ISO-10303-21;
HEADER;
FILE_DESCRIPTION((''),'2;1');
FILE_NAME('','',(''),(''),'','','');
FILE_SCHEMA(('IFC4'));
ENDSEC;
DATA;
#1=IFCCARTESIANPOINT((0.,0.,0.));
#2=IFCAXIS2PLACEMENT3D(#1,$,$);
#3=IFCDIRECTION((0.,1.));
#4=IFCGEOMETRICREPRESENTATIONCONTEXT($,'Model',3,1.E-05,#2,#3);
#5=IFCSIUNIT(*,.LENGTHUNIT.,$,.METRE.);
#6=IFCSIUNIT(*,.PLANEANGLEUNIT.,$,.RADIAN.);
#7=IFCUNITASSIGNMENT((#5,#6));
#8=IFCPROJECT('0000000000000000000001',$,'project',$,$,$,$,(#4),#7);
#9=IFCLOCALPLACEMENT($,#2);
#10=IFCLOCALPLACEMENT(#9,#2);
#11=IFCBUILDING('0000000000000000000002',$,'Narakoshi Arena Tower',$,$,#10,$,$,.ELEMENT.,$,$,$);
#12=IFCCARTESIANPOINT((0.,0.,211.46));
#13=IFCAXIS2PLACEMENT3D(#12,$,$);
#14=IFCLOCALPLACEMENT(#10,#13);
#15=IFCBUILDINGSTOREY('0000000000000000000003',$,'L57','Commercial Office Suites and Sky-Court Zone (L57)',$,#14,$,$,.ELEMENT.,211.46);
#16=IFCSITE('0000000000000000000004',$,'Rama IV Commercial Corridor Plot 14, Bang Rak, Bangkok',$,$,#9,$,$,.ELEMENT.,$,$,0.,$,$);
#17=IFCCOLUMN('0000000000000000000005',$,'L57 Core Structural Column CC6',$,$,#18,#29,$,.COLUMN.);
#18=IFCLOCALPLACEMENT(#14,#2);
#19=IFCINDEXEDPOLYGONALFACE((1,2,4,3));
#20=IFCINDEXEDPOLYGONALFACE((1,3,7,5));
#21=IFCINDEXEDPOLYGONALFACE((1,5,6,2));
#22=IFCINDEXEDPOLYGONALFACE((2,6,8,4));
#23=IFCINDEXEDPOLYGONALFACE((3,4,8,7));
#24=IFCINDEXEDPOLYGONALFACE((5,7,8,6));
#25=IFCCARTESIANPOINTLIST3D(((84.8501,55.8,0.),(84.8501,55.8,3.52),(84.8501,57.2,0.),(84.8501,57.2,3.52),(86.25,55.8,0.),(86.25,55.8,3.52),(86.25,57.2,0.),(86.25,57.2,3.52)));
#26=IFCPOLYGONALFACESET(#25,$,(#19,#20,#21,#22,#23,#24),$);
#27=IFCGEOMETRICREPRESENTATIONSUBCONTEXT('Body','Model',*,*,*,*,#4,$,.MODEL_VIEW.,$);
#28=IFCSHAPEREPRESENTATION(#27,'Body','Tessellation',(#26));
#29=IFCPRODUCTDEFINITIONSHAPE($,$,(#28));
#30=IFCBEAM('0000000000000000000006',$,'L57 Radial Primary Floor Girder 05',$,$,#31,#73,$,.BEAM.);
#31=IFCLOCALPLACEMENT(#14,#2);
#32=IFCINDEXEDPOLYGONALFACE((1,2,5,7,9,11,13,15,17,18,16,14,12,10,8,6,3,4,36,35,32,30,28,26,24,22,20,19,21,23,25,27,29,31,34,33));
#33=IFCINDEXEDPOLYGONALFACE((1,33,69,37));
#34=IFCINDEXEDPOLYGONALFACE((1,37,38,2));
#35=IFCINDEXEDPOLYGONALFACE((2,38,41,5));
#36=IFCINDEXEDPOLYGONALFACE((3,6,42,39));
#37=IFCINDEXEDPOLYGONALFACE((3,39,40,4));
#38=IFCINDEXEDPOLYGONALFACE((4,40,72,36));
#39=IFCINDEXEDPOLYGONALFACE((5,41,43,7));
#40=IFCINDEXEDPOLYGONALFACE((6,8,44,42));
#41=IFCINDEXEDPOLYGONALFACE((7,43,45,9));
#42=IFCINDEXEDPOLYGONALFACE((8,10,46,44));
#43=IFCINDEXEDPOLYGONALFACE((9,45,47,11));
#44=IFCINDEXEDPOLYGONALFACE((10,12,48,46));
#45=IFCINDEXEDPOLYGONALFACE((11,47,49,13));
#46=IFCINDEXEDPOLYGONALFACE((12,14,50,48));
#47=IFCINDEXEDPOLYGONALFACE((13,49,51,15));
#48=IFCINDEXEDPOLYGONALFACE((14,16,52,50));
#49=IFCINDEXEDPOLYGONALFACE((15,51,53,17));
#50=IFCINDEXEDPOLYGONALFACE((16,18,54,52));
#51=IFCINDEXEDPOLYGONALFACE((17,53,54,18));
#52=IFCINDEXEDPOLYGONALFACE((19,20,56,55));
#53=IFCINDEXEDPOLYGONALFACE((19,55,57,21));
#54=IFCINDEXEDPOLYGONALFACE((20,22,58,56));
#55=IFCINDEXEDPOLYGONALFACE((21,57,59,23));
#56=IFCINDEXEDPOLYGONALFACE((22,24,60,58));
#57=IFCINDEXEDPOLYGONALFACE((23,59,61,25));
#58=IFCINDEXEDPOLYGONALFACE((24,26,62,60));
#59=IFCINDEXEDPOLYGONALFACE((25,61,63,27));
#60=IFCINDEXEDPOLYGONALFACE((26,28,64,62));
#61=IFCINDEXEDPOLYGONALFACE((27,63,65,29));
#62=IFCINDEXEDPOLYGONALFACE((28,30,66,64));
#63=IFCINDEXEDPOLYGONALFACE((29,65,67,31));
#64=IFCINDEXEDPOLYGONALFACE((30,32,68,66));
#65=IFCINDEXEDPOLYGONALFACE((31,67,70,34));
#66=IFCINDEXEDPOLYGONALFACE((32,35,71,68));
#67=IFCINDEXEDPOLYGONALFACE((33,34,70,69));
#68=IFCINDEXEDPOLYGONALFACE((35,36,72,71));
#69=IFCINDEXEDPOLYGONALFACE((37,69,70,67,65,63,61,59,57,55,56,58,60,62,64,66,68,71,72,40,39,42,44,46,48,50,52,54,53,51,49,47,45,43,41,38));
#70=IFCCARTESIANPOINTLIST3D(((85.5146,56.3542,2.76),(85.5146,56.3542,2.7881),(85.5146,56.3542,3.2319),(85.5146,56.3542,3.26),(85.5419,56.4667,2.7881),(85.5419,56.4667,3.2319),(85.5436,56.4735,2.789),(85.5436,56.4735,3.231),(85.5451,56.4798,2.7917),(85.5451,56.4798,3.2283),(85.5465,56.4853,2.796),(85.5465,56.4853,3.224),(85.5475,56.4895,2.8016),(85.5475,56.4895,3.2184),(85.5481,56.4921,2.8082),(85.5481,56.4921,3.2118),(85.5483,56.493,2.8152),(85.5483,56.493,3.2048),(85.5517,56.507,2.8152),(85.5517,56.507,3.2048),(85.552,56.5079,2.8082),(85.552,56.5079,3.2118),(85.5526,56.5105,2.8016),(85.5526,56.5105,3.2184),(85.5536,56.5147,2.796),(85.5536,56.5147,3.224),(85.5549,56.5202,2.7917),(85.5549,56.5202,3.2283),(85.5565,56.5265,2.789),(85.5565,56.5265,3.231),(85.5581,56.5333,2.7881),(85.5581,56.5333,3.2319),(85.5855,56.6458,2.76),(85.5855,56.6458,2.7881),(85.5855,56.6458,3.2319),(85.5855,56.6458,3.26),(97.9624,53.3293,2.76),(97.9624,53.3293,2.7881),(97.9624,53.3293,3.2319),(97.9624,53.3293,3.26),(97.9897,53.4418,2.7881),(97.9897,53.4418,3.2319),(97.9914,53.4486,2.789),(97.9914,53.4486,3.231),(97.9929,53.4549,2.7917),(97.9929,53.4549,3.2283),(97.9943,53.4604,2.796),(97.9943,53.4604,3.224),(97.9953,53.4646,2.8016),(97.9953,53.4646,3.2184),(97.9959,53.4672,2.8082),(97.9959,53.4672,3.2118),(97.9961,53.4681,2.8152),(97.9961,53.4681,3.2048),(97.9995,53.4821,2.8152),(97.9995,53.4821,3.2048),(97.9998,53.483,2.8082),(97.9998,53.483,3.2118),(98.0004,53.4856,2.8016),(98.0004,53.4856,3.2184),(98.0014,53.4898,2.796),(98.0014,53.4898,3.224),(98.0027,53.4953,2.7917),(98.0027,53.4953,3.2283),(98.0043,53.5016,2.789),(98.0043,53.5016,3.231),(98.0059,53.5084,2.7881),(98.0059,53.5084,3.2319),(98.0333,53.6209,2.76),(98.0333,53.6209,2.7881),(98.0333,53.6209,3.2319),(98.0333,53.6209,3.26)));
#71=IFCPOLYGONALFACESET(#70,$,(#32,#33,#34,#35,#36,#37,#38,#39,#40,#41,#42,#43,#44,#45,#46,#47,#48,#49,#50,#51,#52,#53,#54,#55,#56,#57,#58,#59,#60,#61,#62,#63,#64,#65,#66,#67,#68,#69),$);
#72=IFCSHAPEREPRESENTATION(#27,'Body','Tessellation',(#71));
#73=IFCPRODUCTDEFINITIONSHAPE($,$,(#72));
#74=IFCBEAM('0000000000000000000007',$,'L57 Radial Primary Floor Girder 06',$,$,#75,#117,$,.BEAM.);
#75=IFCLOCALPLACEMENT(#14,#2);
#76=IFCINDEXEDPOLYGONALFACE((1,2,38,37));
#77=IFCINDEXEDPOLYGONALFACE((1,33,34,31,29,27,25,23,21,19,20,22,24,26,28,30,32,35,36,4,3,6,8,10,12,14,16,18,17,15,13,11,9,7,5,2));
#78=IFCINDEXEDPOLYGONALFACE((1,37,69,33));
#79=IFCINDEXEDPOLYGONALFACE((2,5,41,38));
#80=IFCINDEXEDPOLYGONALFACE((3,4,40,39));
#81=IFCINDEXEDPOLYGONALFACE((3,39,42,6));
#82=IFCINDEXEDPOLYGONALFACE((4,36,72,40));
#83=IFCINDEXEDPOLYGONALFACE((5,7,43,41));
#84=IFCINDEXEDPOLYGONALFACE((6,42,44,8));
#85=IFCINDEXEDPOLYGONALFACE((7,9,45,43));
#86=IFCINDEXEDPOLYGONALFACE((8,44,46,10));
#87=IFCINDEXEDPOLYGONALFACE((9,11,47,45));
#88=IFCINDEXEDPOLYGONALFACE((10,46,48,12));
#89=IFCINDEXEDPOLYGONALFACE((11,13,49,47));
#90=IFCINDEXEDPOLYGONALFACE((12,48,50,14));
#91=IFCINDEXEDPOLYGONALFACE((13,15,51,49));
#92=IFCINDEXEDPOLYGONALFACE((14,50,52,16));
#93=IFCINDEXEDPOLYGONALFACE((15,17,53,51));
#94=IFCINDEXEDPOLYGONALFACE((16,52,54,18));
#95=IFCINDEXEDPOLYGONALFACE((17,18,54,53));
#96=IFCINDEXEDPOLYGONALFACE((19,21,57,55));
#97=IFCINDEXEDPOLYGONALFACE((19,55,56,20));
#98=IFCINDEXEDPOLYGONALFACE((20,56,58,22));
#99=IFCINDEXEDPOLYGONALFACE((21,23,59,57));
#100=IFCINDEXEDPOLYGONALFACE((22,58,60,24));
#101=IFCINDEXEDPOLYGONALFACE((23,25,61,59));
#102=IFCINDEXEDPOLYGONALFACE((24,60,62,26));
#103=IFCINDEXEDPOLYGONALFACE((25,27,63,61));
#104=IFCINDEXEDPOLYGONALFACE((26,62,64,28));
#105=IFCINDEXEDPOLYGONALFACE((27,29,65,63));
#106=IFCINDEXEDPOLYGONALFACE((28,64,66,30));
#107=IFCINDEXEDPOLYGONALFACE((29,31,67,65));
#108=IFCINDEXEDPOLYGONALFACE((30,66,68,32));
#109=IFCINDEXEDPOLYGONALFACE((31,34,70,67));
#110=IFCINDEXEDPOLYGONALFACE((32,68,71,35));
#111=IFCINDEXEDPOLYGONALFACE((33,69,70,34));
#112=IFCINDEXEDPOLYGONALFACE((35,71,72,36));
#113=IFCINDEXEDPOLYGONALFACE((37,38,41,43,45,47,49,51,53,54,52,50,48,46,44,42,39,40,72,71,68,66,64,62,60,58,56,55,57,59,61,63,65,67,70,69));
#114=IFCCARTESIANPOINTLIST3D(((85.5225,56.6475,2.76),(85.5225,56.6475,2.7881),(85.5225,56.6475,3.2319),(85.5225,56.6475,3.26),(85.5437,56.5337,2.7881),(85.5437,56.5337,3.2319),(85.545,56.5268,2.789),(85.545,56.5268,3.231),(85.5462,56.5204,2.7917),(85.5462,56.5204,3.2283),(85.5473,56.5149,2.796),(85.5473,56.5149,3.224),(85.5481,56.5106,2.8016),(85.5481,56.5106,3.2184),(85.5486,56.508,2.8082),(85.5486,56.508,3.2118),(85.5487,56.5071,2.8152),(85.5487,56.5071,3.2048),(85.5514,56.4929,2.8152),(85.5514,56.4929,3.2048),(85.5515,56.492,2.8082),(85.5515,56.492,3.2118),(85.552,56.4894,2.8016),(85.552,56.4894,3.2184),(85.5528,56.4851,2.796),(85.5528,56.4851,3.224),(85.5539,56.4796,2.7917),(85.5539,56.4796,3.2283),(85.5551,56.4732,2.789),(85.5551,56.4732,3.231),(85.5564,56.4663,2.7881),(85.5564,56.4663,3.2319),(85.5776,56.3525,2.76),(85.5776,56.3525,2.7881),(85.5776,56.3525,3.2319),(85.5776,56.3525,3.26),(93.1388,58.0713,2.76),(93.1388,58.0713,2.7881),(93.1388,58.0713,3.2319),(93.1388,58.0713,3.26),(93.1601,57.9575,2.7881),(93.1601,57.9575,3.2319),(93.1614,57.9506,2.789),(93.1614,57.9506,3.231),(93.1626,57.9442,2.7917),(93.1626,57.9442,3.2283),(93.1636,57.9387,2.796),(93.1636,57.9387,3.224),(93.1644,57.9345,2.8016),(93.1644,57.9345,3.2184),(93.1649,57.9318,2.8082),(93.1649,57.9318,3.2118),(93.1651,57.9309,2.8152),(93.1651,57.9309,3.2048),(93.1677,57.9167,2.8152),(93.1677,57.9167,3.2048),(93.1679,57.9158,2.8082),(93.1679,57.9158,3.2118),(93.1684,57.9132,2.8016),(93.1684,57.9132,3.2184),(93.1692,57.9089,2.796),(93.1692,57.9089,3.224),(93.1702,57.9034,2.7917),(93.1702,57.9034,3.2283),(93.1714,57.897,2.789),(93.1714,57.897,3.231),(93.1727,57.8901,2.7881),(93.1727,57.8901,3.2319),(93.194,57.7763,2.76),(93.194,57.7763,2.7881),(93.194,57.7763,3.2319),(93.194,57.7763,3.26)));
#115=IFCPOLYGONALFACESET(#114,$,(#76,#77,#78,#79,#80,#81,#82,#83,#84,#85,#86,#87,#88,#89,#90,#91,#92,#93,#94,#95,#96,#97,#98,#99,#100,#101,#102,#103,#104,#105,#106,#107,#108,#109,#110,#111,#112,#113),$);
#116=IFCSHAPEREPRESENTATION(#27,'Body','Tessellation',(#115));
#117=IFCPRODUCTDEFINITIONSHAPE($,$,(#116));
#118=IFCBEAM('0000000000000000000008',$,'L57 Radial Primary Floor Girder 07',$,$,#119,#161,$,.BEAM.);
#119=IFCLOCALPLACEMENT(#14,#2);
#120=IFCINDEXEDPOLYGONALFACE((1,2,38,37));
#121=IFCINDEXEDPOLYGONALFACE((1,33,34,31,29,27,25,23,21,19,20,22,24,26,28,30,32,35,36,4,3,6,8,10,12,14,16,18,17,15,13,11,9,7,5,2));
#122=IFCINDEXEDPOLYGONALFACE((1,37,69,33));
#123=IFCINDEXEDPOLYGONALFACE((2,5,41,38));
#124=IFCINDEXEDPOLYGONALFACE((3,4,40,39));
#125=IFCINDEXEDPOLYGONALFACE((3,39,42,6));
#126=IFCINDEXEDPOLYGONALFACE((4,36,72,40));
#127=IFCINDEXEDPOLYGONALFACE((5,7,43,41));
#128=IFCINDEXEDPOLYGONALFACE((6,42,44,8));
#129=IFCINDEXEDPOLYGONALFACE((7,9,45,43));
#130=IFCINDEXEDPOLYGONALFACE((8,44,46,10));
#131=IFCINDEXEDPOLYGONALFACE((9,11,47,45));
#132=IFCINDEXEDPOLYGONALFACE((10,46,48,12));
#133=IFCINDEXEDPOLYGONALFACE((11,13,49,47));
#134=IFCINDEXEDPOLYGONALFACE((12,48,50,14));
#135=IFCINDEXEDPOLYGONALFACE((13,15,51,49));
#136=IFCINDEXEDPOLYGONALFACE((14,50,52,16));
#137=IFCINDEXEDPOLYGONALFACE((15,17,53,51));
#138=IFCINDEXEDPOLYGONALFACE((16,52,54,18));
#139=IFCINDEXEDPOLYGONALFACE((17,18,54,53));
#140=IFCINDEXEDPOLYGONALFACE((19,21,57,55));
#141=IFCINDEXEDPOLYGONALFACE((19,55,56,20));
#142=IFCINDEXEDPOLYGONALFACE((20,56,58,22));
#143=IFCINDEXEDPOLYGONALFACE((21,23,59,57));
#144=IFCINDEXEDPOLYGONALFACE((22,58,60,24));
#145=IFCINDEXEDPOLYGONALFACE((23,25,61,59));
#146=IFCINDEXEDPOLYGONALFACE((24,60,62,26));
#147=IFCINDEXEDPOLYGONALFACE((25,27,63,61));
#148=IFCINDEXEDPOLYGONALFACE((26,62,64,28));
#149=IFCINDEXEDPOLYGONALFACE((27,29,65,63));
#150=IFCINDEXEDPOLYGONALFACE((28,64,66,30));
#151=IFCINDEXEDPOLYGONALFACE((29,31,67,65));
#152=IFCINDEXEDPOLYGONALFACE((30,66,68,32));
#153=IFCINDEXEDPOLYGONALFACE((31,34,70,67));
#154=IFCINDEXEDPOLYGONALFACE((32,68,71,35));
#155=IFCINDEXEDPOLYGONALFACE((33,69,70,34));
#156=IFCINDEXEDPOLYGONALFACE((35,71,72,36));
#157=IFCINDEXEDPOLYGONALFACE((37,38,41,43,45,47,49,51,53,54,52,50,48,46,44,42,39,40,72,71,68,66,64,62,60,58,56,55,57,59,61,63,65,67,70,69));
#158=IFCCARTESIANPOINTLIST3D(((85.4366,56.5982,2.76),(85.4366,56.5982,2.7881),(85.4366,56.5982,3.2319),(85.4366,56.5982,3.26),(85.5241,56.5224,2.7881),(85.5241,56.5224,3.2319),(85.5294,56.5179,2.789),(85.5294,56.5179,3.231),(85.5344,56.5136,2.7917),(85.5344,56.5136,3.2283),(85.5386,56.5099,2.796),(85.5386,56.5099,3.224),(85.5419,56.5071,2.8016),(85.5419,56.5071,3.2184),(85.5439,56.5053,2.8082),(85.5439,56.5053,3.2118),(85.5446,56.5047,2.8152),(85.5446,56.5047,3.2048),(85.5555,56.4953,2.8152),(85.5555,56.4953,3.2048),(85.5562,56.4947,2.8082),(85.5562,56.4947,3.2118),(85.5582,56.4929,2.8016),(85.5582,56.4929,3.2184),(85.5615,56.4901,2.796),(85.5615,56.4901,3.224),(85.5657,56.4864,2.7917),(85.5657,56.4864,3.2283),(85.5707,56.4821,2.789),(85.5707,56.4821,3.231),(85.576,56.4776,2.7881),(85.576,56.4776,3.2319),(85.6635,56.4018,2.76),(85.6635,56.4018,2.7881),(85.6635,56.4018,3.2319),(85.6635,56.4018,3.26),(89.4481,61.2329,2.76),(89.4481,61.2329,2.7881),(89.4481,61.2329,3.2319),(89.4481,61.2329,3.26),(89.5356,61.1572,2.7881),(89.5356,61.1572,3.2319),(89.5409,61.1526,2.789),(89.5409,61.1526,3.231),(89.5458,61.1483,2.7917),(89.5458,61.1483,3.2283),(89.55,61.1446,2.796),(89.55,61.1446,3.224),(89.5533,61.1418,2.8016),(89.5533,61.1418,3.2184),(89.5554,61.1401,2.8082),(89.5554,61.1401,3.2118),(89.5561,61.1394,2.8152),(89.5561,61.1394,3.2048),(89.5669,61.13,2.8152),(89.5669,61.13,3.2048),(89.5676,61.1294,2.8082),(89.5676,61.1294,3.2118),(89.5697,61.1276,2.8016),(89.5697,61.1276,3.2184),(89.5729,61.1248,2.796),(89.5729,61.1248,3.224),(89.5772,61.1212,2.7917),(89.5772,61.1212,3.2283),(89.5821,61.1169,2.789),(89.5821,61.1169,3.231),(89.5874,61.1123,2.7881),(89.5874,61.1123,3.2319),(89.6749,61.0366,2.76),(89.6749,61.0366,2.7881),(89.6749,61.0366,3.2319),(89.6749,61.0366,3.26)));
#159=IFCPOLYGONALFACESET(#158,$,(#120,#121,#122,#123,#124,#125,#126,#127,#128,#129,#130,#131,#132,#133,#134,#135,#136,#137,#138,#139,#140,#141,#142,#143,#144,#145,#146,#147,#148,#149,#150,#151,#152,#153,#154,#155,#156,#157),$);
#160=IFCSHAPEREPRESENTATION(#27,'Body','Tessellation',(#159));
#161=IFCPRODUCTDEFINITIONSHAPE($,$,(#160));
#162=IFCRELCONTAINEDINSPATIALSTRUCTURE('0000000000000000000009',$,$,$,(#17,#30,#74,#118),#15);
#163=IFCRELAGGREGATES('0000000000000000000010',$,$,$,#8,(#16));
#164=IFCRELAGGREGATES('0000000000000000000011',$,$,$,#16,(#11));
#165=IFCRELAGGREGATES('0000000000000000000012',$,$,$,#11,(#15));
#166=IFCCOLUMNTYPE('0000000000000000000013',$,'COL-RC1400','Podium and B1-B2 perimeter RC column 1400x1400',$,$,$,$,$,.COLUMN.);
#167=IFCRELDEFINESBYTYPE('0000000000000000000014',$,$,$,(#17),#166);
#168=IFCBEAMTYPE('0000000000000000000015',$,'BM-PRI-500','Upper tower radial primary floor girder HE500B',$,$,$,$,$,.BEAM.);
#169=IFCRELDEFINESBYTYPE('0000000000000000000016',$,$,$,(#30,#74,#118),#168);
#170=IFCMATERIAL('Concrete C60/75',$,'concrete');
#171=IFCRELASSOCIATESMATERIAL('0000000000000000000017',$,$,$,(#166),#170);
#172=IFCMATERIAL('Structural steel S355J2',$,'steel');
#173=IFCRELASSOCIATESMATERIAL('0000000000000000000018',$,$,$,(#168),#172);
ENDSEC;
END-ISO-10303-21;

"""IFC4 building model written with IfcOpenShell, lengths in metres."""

from ifc_helpers import new_model, si_unit, direction, frame, origin, origin_2d, place, context, subcontext, project, spatial, rectangle, i_section, extrude, material, material_profile, profile_set, type_object, element, save


model = new_model("IFC4")

# Units and contexts
model_context = context("Model", 3, precision=1e-05, world=origin(), true_north=direction((0.0, 1.0)))
body_context = subcontext(model_context, "Body", "Model", "MODEL_VIEW")
ifc_project = project(units=[si_unit("LENGTHUNIT", "METRE"), si_unit("PLANEANGLEUNIT", "RADIAN")], contexts=[model_context])

# Site, building, storey
site_placement = place(None, origin())
site = spatial("IfcSite", under=ifc_project, at=site_placement, Name="Rama IV Commercial Corridor Plot 14, Bang Rak, Bangkok", CompositionType="ELEMENT", RefElevation=0.0)
building_placement = place(site_placement, origin())
building = spatial("IfcBuilding", under=site, at=building_placement, Name="Narakoshi Arena Tower", CompositionType="ELEMENT")
storey_placement = place(building_placement, frame((0.0, 0.0, 211.46)))
storey = spatial("IfcBuildingStorey", under=building, at=storey_placement, Name="L57", Description="Commercial Office Suites and Sky-Court Zone (L57)", CompositionType="ELEMENT", Elevation=211.46)

# Column
ifc_material_1 = material(Name="Concrete C60/75", Category="concrete")
ifc_material_profile_1 = material_profile(ifc_material_1, rectangle(XDim=1.3999, YDim=1.3999, at=origin_2d()), Name="RC1400x1400")
ifc_profile_set_1 = profile_set([ifc_material_profile_1], Name="Concrete C60/75")
column_type = type_object("IfcColumnType", Name="COL-RC1400", Description="Podium and B1-B2 perimeter RC column 1400x1400", PredefinedType="COLUMN", material=ifc_profile_set_1)
column_placement = place(storey_placement, frame((85.55, 56.5, 0.0), z_axis=(0.0, 0.0, 1.0), x_axis=(1.0, 0.0, 0.0)))
element("IfcColumn", 1, at=column_placement, inside=storey, type_object=column_type, Name="L57 Core Structural Column CC6", PredefinedType="COLUMN", context=body_context, shape_type="SweptSolid", body=[
    extrude(rectangle(XDim=1.3999, YDim=1.3999, at=origin_2d()), origin(), (0.0, 0.0, 1.0), 3.52),
])

# Beams
ifc_material_2 = material(Name="Structural steel S355J2", Category="steel")
ifc_material_profile_2 = material_profile(ifc_material_2, i_section(OverallWidth=0.3, OverallDepth=0.5, WebThickness=0.0144, FlangeThickness=0.0281, FilletRadius=0.0271, at=origin_2d()), Name="HE500B")
ifc_profile_set_2 = profile_set([ifc_material_profile_2], Name="Structural steel S355J2")
beam_type = type_object("IfcBeamType", Name="BM-PRI-500", Description="Upper tower radial primary floor girder HE500B", PredefinedType="BEAM", material=ifc_profile_set_2)
beam_1_placement = place(storey_placement, frame((85.55, 56.5, 3.01), z_axis=(0.97172, -0.236136, 0.0), x_axis=(0.236136, 0.97172, 0.0)))
element("IfcBeam", 2, at=beam_1_placement, inside=storey, type_object=beam_type, Name="L57 Radial Primary Floor Girder 05", PredefinedType="BEAM", context=body_context, shape_type="SweptSolid", body=[
    extrude(i_section(OverallWidth=0.3, OverallDepth=0.5, WebThickness=0.0144, FlangeThickness=0.0281, FilletRadius=0.0271, at=origin_2d()), origin(), (0.0, 0.0, 1.0), 12.8101),
])
beam_2_placement = place(storey_placement, frame((85.55, 56.5, 3.01), z_axis=(0.982972, 0.183758, 0.0), x_axis=(-0.183758, 0.982972, 0.0)))
element("IfcBeam", 3, at=beam_2_placement, inside=storey, type_object=beam_type, Name="L57 Radial Primary Floor Girder 06", PredefinedType="BEAM", context=body_context, shape_type="SweptSolid", body=[
    extrude(i_section(OverallWidth=0.3, OverallDepth=0.5, WebThickness=0.0144, FlangeThickness=0.0281, FilletRadius=0.0271, at=origin_2d()), origin(), (0.0, 0.0, 1.0), 7.7483),
])
beam_3_placement = place(storey_placement, frame((85.55, 56.5, 3.01), z_axis=(0.654435, 0.756119, 0.0), x_axis=(-0.756119, 0.654435, 0.0)))
element("IfcBeam", 4, at=beam_3_placement, inside=storey, type_object=beam_type, Name="L57 Radial Primary Floor Girder 07", PredefinedType="BEAM", context=body_context, shape_type="SweptSolid", body=[
    extrude(i_section(OverallWidth=0.3, OverallDepth=0.5, WebThickness=0.0144, FlangeThickness=0.0281, FilletRadius=0.0271, at=origin_2d()), origin(), (0.0, 0.0, 1.0), 6.1296),
])

save(model, "model.ifc")
